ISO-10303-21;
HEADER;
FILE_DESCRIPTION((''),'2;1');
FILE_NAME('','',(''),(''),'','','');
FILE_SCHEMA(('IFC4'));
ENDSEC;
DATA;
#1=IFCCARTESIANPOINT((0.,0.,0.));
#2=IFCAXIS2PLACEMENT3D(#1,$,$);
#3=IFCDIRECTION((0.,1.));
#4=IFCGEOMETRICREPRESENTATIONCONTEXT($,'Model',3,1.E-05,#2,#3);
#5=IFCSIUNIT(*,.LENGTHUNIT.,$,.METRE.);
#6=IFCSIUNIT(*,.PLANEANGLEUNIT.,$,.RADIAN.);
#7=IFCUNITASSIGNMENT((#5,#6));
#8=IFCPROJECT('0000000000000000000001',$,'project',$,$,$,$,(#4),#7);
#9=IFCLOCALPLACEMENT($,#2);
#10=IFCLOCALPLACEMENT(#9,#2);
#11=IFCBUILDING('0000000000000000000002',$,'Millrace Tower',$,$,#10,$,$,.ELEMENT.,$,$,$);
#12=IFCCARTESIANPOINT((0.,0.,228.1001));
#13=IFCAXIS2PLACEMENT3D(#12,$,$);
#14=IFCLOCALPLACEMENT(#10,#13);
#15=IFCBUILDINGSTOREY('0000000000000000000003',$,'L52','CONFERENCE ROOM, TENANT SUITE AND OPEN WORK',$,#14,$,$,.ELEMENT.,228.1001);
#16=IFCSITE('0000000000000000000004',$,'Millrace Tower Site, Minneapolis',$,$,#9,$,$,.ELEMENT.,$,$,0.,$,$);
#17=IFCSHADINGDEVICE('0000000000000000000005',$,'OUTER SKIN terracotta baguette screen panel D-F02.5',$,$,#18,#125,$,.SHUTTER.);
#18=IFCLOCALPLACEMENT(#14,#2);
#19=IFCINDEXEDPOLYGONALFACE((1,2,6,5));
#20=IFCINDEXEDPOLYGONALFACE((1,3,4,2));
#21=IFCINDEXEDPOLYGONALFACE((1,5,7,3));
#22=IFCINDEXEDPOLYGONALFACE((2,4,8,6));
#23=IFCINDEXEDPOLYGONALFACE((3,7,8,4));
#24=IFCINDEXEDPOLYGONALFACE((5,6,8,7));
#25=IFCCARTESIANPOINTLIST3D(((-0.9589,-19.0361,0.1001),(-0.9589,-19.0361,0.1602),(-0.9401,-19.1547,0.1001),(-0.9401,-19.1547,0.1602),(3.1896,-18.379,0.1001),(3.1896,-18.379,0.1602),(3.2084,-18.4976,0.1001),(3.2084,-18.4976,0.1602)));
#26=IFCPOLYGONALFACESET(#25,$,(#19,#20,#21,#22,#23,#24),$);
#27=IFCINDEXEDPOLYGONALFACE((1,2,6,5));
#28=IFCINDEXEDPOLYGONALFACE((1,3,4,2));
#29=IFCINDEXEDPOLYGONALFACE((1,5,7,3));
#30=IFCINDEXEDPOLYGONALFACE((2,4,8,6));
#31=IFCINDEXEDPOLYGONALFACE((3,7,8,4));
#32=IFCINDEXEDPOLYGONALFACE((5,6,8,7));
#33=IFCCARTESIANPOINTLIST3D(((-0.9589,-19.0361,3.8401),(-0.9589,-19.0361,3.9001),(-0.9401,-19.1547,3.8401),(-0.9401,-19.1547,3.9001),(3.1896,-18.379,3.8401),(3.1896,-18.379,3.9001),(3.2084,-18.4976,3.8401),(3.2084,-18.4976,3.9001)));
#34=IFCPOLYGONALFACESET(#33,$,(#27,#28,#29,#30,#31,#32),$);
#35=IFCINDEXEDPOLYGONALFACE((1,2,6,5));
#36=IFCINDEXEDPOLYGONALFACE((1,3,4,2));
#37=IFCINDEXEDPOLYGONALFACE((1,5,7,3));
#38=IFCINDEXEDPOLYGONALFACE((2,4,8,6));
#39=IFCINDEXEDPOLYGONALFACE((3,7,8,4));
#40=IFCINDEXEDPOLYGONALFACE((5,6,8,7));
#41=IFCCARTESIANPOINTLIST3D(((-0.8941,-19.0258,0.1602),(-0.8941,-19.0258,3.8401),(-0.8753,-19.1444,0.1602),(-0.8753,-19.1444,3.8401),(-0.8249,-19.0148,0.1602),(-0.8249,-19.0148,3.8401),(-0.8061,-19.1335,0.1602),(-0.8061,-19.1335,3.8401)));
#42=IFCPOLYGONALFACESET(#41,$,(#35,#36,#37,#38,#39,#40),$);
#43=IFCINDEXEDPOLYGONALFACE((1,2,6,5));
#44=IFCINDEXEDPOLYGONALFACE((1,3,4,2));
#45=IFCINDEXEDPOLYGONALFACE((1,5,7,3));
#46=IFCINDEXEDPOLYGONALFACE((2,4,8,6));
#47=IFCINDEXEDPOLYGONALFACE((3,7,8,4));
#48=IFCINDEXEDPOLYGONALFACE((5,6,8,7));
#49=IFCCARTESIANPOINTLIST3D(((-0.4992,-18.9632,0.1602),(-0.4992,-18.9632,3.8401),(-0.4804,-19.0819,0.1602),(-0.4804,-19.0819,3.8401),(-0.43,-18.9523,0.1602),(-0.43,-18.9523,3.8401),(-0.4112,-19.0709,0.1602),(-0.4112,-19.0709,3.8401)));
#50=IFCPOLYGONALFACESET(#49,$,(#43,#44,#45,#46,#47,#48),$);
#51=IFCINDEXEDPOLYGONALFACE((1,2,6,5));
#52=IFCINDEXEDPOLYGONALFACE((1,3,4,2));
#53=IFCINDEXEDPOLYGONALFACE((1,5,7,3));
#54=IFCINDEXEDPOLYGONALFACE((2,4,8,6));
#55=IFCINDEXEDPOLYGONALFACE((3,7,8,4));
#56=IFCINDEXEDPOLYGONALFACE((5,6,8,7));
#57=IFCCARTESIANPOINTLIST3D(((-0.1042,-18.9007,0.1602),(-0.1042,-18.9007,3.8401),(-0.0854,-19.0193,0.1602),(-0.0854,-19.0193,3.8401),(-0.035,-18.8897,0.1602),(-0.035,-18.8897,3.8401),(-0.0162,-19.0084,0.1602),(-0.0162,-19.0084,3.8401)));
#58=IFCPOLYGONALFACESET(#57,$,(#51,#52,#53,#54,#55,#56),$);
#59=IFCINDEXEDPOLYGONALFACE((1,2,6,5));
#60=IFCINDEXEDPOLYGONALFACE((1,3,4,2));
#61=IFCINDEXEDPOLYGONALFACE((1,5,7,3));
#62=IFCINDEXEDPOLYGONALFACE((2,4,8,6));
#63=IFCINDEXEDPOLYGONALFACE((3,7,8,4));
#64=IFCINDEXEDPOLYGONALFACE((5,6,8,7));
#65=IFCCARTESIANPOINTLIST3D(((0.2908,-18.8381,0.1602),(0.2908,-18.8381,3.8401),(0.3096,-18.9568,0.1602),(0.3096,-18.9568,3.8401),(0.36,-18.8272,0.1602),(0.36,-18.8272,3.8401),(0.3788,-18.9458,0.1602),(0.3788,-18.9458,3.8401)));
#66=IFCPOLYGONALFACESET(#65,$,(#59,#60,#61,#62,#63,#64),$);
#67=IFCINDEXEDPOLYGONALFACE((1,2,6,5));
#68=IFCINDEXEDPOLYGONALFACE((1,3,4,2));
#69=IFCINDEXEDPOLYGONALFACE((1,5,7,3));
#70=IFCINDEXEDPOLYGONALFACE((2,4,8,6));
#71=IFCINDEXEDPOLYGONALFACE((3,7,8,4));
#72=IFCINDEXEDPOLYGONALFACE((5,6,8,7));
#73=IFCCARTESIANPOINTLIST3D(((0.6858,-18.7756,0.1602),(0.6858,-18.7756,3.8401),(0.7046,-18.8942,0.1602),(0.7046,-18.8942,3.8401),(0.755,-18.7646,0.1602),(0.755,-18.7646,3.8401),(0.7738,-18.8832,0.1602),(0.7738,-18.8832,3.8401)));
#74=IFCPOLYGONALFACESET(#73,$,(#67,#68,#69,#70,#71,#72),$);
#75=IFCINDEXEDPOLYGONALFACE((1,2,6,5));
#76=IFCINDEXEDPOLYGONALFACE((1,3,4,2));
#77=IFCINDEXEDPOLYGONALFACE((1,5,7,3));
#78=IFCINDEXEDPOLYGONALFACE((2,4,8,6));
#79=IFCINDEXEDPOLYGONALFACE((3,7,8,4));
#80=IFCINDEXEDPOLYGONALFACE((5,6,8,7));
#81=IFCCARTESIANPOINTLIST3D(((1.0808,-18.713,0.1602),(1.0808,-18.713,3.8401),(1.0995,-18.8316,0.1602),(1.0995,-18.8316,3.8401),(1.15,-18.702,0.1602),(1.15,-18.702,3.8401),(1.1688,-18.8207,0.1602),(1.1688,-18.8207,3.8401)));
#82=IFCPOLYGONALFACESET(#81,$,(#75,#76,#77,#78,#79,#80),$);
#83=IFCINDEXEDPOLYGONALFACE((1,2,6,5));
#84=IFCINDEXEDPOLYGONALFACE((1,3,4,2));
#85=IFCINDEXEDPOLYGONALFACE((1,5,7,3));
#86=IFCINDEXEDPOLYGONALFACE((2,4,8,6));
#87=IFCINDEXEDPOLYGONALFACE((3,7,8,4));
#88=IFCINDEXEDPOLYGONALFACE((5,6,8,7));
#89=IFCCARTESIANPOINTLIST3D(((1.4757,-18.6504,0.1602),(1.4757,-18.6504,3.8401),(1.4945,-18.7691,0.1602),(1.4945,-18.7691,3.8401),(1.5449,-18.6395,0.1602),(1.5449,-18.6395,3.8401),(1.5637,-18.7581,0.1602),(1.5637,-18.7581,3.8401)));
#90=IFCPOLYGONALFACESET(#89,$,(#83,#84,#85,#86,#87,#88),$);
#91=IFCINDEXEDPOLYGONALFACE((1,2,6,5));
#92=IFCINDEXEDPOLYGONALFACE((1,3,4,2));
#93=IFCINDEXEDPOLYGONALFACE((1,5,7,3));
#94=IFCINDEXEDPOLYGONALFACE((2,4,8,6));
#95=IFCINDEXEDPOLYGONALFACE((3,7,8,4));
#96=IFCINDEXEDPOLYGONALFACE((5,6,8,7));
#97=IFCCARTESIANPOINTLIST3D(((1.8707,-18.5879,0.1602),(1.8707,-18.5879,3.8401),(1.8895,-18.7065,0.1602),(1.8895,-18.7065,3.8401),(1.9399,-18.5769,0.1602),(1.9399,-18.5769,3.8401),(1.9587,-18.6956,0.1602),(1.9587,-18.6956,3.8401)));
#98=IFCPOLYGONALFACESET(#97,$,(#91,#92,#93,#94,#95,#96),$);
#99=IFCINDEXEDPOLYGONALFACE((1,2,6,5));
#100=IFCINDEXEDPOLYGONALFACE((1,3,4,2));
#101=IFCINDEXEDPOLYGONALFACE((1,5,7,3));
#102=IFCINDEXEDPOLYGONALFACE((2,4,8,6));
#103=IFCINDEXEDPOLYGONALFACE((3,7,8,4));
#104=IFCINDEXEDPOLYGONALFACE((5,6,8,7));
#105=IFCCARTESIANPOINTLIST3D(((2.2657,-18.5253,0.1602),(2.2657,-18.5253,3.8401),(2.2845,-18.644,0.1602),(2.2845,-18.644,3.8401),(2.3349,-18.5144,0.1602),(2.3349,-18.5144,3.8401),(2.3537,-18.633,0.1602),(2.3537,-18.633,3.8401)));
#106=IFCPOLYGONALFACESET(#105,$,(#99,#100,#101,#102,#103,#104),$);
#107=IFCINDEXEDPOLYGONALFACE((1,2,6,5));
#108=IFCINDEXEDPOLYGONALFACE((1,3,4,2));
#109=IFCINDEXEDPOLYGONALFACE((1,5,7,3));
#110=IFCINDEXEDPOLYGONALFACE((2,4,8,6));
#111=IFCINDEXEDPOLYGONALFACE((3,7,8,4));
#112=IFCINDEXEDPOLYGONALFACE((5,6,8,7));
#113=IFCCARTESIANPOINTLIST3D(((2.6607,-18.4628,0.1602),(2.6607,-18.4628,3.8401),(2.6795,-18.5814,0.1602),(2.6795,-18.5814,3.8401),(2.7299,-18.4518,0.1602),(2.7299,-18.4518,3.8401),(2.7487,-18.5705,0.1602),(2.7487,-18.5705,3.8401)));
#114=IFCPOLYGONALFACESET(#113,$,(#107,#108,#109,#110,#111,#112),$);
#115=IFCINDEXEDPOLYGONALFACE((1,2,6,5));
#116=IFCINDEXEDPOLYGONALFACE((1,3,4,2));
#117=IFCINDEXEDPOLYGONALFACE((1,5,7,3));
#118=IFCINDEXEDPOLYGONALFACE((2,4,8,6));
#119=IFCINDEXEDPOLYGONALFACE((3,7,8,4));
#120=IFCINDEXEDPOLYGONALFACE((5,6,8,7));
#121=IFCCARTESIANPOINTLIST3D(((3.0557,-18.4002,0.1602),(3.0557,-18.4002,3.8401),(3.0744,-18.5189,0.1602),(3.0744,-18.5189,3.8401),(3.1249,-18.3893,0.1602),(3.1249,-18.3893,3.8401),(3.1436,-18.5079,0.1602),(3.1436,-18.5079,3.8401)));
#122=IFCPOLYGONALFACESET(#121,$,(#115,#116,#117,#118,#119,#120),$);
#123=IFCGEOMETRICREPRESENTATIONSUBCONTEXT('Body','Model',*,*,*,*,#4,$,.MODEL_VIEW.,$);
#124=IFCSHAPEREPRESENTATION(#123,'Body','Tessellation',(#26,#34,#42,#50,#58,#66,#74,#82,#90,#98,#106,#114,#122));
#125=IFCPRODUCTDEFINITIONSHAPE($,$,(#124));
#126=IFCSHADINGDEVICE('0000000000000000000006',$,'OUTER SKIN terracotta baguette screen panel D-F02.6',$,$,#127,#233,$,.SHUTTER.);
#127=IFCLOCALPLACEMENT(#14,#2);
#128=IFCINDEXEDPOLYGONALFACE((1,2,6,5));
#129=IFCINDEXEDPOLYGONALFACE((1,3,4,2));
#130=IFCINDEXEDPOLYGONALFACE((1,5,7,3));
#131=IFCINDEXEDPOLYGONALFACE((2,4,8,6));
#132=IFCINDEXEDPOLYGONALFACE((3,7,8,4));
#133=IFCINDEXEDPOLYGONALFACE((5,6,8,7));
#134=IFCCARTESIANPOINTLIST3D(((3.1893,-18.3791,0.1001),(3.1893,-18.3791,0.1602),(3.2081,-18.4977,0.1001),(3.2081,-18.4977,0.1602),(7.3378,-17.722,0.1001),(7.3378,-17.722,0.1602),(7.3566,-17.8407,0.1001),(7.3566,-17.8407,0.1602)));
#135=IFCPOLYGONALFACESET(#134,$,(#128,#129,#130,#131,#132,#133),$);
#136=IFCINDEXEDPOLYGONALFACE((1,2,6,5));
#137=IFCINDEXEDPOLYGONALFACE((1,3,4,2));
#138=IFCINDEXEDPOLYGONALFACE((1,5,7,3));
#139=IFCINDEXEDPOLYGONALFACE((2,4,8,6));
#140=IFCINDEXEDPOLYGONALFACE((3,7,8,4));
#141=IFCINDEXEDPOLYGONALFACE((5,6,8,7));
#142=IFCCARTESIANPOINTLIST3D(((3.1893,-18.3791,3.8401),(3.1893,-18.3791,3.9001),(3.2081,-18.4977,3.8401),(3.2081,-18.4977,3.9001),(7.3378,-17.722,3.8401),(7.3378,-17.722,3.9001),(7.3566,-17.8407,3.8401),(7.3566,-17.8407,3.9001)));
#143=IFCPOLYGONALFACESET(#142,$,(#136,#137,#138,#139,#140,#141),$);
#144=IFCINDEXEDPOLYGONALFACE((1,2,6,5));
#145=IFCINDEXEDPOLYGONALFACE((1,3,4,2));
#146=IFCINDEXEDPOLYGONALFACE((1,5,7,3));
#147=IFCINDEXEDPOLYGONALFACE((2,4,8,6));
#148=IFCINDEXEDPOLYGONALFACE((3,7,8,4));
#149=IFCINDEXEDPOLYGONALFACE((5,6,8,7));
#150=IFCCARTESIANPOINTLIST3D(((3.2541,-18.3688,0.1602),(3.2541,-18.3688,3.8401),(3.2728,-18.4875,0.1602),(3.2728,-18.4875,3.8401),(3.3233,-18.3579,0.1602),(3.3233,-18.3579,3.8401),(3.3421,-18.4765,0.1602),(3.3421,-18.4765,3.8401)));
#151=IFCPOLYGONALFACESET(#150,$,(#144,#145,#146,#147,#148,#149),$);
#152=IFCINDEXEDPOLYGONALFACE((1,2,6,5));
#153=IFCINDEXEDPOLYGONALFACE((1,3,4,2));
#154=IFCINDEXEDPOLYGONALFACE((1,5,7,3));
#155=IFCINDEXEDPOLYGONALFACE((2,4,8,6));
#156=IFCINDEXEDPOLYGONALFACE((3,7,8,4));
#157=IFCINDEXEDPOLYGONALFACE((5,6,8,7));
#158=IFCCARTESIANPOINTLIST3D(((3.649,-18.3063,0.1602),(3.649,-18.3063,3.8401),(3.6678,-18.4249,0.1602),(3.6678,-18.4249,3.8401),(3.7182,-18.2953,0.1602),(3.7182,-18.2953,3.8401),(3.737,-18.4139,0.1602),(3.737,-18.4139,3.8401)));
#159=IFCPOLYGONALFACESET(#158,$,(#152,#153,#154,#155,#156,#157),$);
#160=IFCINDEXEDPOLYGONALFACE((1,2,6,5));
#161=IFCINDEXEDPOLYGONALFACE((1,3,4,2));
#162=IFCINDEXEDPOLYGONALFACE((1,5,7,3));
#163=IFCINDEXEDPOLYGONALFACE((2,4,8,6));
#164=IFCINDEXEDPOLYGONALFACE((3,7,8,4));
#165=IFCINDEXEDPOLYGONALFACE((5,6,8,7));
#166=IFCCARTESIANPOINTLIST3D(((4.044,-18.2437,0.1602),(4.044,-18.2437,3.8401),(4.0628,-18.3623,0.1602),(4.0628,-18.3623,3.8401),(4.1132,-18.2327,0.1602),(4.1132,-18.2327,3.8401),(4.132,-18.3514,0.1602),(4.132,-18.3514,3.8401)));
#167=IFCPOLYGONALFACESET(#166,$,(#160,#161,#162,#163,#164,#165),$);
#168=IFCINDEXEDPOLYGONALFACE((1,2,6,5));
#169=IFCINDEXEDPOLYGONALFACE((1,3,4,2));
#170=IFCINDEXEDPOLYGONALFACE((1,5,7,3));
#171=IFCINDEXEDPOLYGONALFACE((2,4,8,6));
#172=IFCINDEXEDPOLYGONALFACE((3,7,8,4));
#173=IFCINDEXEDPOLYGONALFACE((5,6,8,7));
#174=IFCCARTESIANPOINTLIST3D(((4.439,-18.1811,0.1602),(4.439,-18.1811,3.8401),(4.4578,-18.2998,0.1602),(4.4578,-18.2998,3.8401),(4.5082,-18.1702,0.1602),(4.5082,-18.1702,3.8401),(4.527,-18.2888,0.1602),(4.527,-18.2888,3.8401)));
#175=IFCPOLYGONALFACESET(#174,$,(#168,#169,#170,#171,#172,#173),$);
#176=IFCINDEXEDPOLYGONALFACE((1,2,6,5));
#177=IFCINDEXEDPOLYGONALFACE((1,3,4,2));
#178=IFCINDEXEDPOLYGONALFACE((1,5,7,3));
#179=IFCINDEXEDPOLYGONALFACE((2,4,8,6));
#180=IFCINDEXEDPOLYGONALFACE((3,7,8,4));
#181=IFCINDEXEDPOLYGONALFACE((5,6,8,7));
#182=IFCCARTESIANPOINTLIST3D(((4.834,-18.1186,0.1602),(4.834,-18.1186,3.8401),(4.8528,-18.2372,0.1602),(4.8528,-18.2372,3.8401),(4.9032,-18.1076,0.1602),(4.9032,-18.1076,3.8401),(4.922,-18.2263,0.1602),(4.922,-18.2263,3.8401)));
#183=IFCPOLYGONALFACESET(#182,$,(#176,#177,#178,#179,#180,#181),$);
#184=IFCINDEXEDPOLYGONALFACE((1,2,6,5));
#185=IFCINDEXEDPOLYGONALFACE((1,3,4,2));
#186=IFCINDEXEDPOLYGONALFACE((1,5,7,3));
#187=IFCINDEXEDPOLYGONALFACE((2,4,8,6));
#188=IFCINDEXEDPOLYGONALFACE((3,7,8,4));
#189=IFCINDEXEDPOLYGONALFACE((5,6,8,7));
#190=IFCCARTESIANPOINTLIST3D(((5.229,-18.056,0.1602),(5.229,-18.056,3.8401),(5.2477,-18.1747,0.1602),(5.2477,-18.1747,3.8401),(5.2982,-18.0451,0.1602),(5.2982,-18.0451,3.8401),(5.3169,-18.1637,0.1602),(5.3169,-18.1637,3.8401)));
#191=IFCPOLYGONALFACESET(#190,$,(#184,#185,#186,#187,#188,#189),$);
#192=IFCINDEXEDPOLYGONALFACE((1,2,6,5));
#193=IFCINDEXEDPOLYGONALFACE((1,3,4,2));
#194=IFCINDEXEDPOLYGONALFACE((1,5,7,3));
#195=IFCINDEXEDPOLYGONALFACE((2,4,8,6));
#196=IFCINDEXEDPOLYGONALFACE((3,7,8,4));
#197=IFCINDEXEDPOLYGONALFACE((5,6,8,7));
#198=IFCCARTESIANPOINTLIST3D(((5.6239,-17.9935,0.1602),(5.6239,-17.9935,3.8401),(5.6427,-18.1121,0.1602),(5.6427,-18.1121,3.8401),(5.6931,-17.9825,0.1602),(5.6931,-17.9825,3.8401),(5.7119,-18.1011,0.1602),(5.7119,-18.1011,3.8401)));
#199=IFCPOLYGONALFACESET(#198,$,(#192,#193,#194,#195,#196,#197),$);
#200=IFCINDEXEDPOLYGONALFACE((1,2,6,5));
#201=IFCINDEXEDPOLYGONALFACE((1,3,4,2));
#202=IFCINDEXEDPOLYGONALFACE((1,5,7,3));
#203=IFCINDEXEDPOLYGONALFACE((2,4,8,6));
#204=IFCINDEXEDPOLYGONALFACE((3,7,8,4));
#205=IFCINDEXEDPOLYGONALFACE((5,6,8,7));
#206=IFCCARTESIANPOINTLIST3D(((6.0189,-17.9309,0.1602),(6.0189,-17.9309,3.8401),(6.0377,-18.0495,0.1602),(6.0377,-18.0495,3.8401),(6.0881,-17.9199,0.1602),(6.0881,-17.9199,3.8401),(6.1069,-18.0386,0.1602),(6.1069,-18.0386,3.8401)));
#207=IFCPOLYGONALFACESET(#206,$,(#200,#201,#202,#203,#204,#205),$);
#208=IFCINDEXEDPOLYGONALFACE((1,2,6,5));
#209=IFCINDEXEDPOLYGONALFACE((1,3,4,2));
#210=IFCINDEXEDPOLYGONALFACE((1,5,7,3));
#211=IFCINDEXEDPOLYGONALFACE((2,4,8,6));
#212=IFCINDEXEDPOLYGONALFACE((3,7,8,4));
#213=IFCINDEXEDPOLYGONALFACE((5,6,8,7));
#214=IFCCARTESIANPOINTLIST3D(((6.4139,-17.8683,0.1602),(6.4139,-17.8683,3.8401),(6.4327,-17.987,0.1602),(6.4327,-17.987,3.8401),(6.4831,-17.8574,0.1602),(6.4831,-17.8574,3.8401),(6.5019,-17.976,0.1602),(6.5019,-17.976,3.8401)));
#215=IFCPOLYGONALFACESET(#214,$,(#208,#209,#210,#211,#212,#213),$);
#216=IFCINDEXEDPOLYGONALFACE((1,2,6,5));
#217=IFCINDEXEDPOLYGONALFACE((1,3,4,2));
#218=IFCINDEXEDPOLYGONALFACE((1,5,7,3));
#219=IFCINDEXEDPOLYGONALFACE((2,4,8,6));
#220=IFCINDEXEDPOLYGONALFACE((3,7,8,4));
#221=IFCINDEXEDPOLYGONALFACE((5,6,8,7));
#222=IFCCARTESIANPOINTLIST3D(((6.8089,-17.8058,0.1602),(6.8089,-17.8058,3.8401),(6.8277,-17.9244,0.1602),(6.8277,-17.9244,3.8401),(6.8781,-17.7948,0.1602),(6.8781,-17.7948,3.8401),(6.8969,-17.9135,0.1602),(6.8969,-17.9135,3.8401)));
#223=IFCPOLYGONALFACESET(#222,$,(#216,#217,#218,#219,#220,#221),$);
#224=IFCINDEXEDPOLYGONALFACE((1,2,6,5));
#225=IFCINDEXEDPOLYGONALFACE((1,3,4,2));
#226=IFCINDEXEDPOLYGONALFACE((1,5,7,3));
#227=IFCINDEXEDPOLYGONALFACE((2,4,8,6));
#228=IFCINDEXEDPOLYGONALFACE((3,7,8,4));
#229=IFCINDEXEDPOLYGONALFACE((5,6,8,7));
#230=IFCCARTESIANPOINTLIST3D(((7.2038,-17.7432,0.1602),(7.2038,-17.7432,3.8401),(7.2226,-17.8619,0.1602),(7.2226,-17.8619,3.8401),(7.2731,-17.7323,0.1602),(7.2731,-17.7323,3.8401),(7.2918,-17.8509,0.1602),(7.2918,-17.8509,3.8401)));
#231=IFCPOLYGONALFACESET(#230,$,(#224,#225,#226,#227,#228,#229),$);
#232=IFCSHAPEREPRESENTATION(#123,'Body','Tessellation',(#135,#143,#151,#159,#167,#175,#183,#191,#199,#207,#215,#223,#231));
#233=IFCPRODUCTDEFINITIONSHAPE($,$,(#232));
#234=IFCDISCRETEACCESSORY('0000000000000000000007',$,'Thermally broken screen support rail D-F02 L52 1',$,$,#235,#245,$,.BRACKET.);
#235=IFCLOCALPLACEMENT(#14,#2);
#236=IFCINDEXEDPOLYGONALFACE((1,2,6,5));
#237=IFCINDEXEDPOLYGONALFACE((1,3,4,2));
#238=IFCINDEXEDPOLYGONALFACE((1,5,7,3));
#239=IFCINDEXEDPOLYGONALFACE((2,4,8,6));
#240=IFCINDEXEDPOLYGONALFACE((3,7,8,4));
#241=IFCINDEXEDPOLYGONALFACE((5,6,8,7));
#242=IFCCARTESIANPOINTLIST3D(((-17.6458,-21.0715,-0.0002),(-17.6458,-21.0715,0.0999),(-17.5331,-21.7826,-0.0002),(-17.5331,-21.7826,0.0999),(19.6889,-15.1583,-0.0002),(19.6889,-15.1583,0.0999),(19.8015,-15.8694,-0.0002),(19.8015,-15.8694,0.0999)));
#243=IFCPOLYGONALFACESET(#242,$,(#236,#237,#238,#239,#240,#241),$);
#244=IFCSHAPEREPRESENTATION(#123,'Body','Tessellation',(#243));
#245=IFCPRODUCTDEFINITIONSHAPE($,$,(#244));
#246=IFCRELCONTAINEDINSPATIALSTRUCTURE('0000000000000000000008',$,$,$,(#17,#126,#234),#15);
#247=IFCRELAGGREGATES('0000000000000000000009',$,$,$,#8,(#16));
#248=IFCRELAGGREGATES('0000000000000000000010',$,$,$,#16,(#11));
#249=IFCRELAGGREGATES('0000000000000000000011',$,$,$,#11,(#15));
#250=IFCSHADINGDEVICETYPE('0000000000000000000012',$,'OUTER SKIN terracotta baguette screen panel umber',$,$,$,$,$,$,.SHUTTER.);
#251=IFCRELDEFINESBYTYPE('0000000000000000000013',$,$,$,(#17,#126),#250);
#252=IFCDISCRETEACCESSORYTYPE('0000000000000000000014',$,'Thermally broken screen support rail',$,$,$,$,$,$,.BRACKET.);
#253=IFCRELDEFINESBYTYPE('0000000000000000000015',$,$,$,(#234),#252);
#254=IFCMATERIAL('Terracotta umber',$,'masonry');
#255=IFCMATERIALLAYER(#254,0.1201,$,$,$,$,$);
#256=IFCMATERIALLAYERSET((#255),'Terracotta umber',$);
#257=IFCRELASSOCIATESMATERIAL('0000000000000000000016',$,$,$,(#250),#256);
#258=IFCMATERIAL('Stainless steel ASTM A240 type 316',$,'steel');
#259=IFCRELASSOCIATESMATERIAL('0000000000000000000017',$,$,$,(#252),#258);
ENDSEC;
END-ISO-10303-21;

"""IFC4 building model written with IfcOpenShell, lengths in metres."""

from ifc_helpers import new_model, entity, si_unit, direction, frame, frame_2d, origin, origin_2d, place, context, subcontext, project, spatial, rectangle, extrude, source, transform, mapped, material, layer, layer_set, type_object, element, save


model = new_model("IFC4")

# Units and contexts
model_context = context("Model", 3, precision=1e-05, world=origin(), true_north=direction((0.0, 1.0)))
body_context = subcontext(model_context, "Body", "Model", "MODEL_VIEW")
ifc_project = project(units=[si_unit("LENGTHUNIT", "METRE"), si_unit("PLANEANGLEUNIT", "RADIAN")], contexts=[model_context])

# Site, building, storey
site_placement = place(None, origin())
site = spatial("IfcSite", under=ifc_project, at=site_placement, Name="Millrace Tower Site, Minneapolis", CompositionType="ELEMENT", RefElevation=0.0)
building_placement = place(site_placement, origin())
building = spatial("IfcBuilding", under=site, at=building_placement, Name="Millrace Tower", CompositionType="ELEMENT")
storey_placement = place(building_placement, frame((0.0, 0.0, 228.1001)))
storey = spatial("IfcBuildingStorey", under=building, at=storey_placement, Name="L52", Description="CONFERENCE ROOM, TENANT SUITE AND OPEN WORK", CompositionType="ELEMENT", Elevation=228.1001)

# Shading devices
ifc_material_1 = material(Name="Terracotta umber", Category="masonry")
ifc_layer_1 = layer(ifc_material_1, 0.1201)
ifc_layer_set_1 = layer_set([ifc_layer_1], Name="Terracotta umber")
shading_device_type = type_object("IfcShadingDeviceType", Name="OUTER SKIN terracotta baguette screen panel umber", PredefinedType="SHUTTER", material=ifc_layer_set_1)
cartesian_point = entity("IfcCartesianPoint", [-2.1001, 0.0601])
shared_polyline = entity("IfcPolyline", [cartesian_point, entity("IfcCartesianPoint", [2.1001, 0.0601]), entity("IfcCartesianPoint", [2.1001, -0.0601]), entity("IfcCartesianPoint", [-2.1001, -0.0601]), cartesian_point])
shared_shape = source(origin(), body_context, "Body", "SweptSolid", [
    entity("IfcExtrudedAreaSolid", entity("IfcArbitraryClosedProfileDef", "AREA", None, shared_polyline), entity("IfcAxis2Placement3D", entity("IfcCartesianPoint", [0.0, 0.0, 0.0])), entity("IfcDirection", [0.0, 0.0, 1.0]), 0.0601),
    entity("IfcExtrudedAreaSolid", entity("IfcArbitraryClosedProfileDef", "AREA", None, shared_polyline), entity("IfcAxis2Placement3D", entity("IfcCartesianPoint", [0.0, 0.0, 3.74])), entity("IfcDirection", [0.0, 0.0, 1.0]), 0.0601),
    extrude(rectangle(XDim=0.0701, YDim=0.1201, at=frame_2d((-1.9995, 0.0))), frame((0.0, 0.0, 0.0601)), (0.0, 0.0, 1.0), 3.6799),
    extrude(rectangle(XDim=0.0701, YDim=0.1201, at=frame_2d((-1.5996, 0.0))), frame((0.0, 0.0, 0.0601)), (0.0, 0.0, 1.0), 3.6799),
    extrude(rectangle(XDim=0.0701, YDim=0.1201, at=frame_2d((-1.1997, 0.0))), frame((0.0, 0.0, 0.0601)), (0.0, 0.0, 1.0), 3.6799),
    extrude(rectangle(XDim=0.0701, YDim=0.1201, at=frame_2d((-0.7998, 0.0))), frame((0.0, 0.0, 0.0601)), (0.0, 0.0, 1.0), 3.6799),
    extrude(rectangle(XDim=0.0701, YDim=0.1201, at=frame_2d((-0.3999, 0.0))), frame((0.0, 0.0, 0.0601)), (0.0, 0.0, 1.0), 3.6799),
    extrude(rectangle(XDim=0.0701, YDim=0.1201, at=origin_2d()), frame((0.0, 0.0, 0.0601)), (0.0, 0.0, 1.0), 3.6799),
    extrude(rectangle(XDim=0.0701, YDim=0.1201, at=frame_2d((0.3999, 0.0))), frame((0.0, 0.0, 0.0601)), (0.0, 0.0, 1.0), 3.6799),
    extrude(rectangle(XDim=0.0701, YDim=0.1201, at=frame_2d((0.7998, 0.0))), frame((0.0, 0.0, 0.0601)), (0.0, 0.0, 1.0), 3.6799),
    extrude(rectangle(XDim=0.0701, YDim=0.1201, at=frame_2d((1.1997, 0.0))), frame((0.0, 0.0, 0.0601)), (0.0, 0.0, 1.0), 3.6799),
    extrude(rectangle(XDim=0.0701, YDim=0.1201, at=frame_2d((1.5996, 0.0))), frame((0.0, 0.0, 0.0601)), (0.0, 0.0, 1.0), 3.6799),
    extrude(rectangle(XDim=0.0701, YDim=0.1201, at=frame_2d((1.9995, 0.0))), frame((0.0, 0.0, 0.0601)), (0.0, 0.0, 1.0), 3.6799),
])
for number, where, z_axis, x_axis, name in (
    (1, (1.1248, -18.7668, 0.1001), (0.0, 0.0, 1.0), (0.987688, 0.156434, 0.0), "OUTER SKIN terracotta baguette screen panel D-F02.5"),
    (2, (5.2729, -18.1099, 0.1001), (0.0, 0.0, 1.0), (0.987688, 0.156434, 0.0), "OUTER SKIN terracotta baguette screen panel D-F02.6"),
):
    element("IfcShadingDevice", number, at=place(storey_placement, frame(where, z_axis=z_axis, x_axis=x_axis)), inside=storey, type_object=shading_device_type, Name=name, PredefinedType="SHUTTER", context=body_context, shape_type="MappedRepresentation", body=[
        mapped(shared_shape, transform((0.0, 0.0, 0.0), scale=1.0)),
    ])

# Discrete accessory
ifc_material_2 = material(Name="Stainless steel ASTM A240 type 316", Category="steel")
discrete_accessory_type = type_object("IfcDiscreteAccessoryType", Name="Thermally broken screen support rail", PredefinedType="BRACKET", material=ifc_material_2)
discrete_accessory_placement = place(storey_placement, frame((1.0779, -18.4705, -0.0002), z_axis=(0.0, 0.0, 1.0), x_axis=(0.987688, 0.156434, 0.0)))
element("IfcDiscreteAccessory", 3, at=discrete_accessory_placement, inside=storey, type_object=discrete_accessory_type, Name="Thermally broken screen support rail D-F02 L52 1", PredefinedType="BRACKET", context=body_context, shape_type="SweptSolid", body=[
    extrude(rectangle(XDim=37.8, YDim=0.72, at=origin_2d()), origin(), (0.0, 0.0, 1.0), 0.1001),
])

save(model, "model.ifc")
